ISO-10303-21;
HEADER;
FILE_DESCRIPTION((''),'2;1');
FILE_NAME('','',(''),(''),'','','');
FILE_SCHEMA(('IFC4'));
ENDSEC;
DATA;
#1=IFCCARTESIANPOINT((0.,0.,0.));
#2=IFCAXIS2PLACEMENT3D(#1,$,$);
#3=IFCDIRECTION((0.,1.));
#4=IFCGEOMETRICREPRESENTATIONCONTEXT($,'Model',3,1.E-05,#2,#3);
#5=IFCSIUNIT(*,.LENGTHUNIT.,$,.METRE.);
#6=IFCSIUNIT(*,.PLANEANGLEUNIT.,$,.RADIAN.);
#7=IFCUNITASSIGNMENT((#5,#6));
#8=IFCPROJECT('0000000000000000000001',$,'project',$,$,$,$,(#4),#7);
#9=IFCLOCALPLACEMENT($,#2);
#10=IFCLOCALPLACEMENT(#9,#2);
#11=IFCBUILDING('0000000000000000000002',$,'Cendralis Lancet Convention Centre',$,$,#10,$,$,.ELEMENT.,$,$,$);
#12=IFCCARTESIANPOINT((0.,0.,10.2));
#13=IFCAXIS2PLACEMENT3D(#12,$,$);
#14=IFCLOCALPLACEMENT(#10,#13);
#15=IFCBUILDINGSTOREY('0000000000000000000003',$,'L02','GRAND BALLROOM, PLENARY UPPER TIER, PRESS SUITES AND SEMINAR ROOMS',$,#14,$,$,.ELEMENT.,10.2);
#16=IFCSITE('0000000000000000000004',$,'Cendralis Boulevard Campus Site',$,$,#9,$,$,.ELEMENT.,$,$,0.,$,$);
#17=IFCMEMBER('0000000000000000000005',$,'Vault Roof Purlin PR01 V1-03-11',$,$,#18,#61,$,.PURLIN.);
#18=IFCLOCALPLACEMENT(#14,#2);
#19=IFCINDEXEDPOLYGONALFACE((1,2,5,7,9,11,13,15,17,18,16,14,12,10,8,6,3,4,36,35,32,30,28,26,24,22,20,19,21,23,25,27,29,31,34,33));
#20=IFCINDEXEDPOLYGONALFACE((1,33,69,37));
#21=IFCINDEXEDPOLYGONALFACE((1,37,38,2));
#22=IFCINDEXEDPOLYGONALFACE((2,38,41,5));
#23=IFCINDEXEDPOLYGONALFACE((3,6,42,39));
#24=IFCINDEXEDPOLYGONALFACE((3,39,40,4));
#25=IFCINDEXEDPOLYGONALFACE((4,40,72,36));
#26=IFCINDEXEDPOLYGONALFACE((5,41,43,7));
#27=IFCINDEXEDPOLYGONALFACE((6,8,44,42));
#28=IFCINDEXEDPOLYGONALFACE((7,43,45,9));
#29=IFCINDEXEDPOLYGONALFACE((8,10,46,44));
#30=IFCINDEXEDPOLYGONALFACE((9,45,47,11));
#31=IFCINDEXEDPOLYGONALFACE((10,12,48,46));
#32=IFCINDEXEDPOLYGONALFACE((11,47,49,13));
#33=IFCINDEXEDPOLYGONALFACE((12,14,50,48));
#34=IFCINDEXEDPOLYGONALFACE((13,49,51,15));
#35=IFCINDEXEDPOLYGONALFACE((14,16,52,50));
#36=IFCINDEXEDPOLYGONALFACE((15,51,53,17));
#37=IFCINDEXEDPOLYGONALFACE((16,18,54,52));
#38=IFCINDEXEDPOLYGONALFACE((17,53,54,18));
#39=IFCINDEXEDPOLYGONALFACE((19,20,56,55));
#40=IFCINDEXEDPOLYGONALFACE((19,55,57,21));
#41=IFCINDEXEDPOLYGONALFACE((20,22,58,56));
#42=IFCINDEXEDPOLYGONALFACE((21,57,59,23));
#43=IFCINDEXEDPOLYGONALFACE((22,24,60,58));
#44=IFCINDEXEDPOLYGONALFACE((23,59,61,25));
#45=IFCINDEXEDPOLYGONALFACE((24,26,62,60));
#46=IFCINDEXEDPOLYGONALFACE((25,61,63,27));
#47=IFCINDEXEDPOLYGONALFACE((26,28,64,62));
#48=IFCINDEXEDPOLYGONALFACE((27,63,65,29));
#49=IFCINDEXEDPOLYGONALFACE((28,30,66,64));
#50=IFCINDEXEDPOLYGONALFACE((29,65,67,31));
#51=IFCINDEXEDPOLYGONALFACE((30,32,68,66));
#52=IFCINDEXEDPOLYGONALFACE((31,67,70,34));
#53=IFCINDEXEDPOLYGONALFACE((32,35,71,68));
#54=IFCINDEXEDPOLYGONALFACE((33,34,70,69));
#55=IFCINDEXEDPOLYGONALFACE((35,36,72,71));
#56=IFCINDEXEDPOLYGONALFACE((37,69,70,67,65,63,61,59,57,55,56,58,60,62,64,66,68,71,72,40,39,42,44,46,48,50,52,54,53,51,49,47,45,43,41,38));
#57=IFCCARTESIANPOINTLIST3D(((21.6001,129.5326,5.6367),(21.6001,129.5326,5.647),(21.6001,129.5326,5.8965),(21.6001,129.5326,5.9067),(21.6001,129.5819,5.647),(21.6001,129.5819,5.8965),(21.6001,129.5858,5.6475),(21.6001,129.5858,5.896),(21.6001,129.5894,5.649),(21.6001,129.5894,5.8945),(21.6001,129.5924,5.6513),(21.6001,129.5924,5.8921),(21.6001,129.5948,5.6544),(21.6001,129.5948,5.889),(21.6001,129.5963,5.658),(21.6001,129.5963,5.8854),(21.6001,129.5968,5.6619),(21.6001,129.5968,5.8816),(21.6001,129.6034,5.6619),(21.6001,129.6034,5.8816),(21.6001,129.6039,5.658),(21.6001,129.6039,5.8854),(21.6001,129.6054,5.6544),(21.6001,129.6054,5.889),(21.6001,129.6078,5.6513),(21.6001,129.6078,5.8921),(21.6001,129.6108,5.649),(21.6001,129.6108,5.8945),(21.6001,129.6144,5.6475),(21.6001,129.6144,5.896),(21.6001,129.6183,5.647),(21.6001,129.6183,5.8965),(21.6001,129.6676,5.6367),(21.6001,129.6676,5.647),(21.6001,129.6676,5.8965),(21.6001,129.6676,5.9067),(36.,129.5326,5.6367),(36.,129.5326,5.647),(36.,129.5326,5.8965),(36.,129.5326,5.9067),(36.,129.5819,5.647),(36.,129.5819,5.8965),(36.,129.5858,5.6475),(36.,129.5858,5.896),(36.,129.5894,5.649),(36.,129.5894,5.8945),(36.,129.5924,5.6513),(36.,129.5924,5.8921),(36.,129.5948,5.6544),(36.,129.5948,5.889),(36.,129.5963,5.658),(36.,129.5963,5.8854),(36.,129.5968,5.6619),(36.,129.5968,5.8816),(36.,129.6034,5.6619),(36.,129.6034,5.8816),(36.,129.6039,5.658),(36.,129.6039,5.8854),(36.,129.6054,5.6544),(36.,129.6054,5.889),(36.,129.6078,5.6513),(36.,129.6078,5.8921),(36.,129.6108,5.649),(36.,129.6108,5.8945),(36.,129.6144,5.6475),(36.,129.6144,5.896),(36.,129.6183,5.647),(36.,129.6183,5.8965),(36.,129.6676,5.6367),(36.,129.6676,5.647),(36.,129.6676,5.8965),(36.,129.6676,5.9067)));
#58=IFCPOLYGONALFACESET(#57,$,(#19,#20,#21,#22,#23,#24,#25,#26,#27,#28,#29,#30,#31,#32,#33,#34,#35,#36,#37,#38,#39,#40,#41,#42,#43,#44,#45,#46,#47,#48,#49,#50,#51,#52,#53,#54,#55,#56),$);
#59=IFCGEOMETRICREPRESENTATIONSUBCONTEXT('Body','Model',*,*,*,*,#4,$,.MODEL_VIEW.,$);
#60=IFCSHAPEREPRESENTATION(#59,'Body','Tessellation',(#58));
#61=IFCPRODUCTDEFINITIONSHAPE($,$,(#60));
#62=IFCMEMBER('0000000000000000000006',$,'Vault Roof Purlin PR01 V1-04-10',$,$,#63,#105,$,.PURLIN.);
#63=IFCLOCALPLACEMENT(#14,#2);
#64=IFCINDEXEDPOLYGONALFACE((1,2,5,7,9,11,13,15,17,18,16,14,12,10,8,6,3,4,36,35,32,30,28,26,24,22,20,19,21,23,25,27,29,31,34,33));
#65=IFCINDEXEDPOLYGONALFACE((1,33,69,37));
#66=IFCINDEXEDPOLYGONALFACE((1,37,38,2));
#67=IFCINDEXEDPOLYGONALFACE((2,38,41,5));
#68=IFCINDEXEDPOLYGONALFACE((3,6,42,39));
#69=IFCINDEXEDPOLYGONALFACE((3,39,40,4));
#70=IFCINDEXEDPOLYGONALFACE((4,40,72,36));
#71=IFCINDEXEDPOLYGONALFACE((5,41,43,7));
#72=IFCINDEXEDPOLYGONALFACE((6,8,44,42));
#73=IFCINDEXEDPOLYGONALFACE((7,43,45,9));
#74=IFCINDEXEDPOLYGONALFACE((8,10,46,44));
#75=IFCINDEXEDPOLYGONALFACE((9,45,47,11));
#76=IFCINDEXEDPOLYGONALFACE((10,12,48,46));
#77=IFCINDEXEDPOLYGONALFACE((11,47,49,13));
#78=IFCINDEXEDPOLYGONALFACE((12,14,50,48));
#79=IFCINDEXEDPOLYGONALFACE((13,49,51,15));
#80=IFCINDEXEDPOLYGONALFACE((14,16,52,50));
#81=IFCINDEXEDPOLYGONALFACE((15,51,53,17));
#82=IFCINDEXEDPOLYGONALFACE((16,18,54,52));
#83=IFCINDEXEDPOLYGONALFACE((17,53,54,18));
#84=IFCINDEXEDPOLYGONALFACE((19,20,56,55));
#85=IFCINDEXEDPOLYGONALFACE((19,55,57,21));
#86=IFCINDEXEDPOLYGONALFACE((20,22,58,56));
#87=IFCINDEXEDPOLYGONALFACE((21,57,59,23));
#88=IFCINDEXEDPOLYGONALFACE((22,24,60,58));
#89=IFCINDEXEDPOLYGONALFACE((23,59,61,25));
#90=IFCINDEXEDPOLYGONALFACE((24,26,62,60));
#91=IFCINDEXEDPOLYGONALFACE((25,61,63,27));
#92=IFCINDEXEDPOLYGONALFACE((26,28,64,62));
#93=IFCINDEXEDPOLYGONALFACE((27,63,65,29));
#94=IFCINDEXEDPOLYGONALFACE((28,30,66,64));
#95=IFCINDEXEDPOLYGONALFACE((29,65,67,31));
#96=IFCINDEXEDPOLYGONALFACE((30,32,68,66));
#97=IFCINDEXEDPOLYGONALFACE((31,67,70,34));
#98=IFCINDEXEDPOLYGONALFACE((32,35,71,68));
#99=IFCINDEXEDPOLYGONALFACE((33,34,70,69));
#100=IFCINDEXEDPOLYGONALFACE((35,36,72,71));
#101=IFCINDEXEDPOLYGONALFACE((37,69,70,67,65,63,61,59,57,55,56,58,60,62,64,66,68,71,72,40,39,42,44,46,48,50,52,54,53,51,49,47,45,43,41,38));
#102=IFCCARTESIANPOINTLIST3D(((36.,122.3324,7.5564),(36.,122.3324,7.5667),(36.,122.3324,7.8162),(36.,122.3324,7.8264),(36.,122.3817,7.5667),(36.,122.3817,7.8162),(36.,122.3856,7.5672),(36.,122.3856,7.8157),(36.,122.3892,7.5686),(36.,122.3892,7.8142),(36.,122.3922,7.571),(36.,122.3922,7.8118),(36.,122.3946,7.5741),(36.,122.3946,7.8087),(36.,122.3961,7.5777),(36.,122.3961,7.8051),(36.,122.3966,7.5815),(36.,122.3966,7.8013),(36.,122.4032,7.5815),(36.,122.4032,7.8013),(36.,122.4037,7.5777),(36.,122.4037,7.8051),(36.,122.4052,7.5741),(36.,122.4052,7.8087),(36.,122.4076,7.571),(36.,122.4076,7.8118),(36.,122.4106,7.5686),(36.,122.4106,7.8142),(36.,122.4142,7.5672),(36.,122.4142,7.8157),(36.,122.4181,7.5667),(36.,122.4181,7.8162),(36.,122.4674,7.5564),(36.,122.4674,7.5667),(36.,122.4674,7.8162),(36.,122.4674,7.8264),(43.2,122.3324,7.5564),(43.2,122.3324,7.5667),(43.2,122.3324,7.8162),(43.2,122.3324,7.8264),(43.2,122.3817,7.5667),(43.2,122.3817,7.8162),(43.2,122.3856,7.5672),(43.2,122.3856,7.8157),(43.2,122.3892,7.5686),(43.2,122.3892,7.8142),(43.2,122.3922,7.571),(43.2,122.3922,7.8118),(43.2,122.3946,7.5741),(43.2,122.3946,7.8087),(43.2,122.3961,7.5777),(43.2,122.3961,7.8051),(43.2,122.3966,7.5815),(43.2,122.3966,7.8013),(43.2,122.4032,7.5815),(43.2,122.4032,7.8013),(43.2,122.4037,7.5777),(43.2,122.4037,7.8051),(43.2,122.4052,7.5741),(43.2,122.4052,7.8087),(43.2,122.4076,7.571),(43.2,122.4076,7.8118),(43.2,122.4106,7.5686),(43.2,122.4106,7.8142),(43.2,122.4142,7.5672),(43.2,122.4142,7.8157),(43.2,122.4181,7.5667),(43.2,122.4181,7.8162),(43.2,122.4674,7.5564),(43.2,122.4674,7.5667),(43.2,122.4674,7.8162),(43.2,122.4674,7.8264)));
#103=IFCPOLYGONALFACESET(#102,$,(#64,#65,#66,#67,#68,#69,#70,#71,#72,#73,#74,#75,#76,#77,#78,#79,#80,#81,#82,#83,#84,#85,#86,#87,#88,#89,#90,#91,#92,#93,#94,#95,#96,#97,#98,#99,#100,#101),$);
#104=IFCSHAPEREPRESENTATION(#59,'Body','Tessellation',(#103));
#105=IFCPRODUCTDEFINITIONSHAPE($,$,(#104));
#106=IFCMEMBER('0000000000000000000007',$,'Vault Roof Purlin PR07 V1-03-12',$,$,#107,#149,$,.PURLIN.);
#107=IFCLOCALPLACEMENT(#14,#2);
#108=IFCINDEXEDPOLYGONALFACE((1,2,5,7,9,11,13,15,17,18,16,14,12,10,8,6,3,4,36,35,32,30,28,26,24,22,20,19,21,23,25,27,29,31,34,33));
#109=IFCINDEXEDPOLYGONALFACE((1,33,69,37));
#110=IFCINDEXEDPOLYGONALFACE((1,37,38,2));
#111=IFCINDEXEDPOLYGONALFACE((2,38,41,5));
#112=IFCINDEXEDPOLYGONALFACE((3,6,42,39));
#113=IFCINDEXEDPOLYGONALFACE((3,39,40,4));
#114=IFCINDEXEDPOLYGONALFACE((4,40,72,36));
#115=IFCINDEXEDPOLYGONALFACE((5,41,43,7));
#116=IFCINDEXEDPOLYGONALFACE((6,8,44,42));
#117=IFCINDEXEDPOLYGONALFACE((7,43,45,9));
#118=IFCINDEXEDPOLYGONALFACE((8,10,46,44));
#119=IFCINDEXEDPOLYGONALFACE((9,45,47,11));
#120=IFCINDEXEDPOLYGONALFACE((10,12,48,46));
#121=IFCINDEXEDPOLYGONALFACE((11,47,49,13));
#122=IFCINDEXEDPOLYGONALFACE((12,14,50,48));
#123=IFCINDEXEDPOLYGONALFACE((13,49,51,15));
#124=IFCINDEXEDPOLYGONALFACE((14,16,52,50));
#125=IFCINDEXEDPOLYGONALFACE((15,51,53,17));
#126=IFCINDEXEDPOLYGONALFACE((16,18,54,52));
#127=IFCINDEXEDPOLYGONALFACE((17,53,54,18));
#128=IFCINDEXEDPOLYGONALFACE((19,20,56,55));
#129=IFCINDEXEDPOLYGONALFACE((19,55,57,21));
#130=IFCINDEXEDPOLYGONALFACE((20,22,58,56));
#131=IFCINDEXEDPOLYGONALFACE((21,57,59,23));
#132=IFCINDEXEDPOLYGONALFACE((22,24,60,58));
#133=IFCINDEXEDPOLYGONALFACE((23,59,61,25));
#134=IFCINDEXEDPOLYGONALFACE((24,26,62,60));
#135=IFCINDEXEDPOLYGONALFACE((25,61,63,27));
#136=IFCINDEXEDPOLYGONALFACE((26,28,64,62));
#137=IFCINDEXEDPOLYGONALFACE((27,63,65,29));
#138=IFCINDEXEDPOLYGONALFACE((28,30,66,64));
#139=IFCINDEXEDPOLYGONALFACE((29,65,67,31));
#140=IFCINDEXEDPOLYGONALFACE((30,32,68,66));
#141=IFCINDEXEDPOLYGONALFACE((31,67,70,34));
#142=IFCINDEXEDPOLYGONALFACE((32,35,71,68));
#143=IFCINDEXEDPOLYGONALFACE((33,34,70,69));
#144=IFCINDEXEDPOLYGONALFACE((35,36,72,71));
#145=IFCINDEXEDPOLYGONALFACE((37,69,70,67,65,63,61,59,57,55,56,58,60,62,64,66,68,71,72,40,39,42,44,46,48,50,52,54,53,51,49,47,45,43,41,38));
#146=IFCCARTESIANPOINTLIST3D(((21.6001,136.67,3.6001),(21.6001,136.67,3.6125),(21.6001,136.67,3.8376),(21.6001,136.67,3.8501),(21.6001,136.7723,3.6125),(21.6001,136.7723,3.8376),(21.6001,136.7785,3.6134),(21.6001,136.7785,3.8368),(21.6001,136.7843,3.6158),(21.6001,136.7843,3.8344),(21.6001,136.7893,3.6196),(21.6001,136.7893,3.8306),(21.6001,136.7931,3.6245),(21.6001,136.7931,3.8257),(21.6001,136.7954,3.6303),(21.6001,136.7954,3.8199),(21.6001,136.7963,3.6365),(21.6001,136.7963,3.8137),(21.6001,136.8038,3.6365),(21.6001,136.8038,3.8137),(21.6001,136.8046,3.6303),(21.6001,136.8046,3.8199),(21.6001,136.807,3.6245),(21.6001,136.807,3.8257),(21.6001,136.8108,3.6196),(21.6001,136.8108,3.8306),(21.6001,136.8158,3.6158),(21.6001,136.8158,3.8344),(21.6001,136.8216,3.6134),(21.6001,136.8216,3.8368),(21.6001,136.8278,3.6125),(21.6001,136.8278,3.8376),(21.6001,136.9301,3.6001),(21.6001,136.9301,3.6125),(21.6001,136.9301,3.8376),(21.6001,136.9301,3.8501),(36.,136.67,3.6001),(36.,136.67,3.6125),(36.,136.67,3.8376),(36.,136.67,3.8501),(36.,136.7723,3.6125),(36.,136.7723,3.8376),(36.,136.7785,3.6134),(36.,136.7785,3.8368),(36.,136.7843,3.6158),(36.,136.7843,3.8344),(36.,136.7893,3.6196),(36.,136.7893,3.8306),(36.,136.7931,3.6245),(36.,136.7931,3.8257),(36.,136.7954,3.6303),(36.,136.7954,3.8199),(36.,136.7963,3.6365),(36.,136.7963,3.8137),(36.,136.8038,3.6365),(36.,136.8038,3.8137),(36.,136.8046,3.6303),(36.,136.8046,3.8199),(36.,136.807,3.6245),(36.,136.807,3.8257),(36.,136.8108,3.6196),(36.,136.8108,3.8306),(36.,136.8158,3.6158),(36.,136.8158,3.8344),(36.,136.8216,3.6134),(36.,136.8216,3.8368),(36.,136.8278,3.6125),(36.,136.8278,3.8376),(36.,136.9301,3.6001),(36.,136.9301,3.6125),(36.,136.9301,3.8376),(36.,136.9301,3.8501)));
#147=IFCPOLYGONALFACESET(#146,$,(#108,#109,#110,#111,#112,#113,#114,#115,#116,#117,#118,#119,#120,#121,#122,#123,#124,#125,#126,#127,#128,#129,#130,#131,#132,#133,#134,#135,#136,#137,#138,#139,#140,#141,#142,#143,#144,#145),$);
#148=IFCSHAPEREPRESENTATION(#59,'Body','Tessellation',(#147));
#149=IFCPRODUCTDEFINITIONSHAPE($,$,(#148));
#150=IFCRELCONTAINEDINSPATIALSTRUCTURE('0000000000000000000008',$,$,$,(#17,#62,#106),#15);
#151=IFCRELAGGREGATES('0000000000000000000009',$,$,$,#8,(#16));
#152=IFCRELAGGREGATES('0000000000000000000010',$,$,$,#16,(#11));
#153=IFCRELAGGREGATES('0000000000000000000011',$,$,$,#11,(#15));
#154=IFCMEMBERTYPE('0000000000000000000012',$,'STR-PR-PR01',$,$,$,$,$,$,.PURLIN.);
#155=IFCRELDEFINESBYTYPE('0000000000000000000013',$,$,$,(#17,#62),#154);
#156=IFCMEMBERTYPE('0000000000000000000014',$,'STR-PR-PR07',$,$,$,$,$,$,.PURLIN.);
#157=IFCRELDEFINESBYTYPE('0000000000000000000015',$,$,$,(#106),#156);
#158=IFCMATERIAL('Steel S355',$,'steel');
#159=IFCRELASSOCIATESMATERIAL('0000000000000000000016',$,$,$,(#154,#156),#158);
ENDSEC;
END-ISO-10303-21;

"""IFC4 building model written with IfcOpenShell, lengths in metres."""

from ifc_helpers import new_model, si_unit, direction, frame, origin, origin_2d, place, context, subcontext, project, spatial, i_section, extrude, material, material_profile, profile_set, type_object, element, save


model = new_model("IFC4")

# Units and contexts
model_context = context("Model", 3, precision=1e-05, world=origin(), true_north=direction((0.0, 1.0)))
body_context = subcontext(model_context, "Body", "Model", "MODEL_VIEW")
ifc_project = project(units=[si_unit("LENGTHUNIT", "METRE"), si_unit("PLANEANGLEUNIT", "RADIAN")], contexts=[model_context])

# Site, building, storey
site_placement = place(None, origin())
site = spatial("IfcSite", under=ifc_project, at=site_placement, Name="Cendralis Boulevard Campus Site", CompositionType="ELEMENT", RefElevation=0.0)
building_placement = place(site_placement, origin())
building = spatial("IfcBuilding", under=site, at=building_placement, Name="Cendralis Lancet Convention Centre", CompositionType="ELEMENT")
storey_placement = place(building_placement, frame((0.0, 0.0, 10.2)))
storey = spatial("IfcBuildingStorey", under=building, at=storey_placement, Name="L02", Description="GRAND BALLROOM, PLENARY UPPER TIER, PRESS SUITES AND SEMINAR ROOMS", CompositionType="ELEMENT", Elevation=10.2)

# Members
ifc_material_1 = material(Name="Steel S355", Category="steel")
ifc_material_profile_1 = material_profile(ifc_material_1, i_section(OverallWidth=0.135, OverallDepth=0.27, WebThickness=0.0066, FlangeThickness=0.0103, FilletRadius=0.0149, at=origin_2d()), Name="IPE 270")
ifc_profile_set_1 = profile_set([ifc_material_profile_1], Name="Steel S355")
member_type_1 = type_object("IfcMemberType", Name="STR-PR-PR01", PredefinedType="PURLIN", material=ifc_profile_set_1)
for number, where, z_axis, x_axis, name in (
    (1, (21.6001, 129.6001, 5.7717), (1.0, 0.0, 0.0), (0.0, 1.0, 0.0), "Vault Roof Purlin PR01 V1-03-11"),
):
    element("IfcMember", number, at=place(storey_placement, frame(where, z_axis=z_axis, x_axis=x_axis)), inside=storey, type_object=member_type_1, Name=name, PredefinedType="PURLIN", context=body_context, shape_type="SweptSolid", body=[
        extrude(i_section(OverallWidth=0.135, OverallDepth=0.27, WebThickness=0.0066, FlangeThickness=0.0103, FilletRadius=0.0149, at=origin_2d()), origin(), (0.0, 0.0, 1.0), 14.3999),
    ])
member_1_placement = place(storey_placement, frame((36.0, 122.3999, 7.6914), z_axis=(1.0, 0.0, 0.0), x_axis=(0.0, 1.0, 0.0)))
element("IfcMember", 2, at=member_1_placement, inside=storey, type_object=member_type_1, Name="Vault Roof Purlin PR01 V1-04-10", PredefinedType="PURLIN", context=body_context, shape_type="SweptSolid", body=[
    extrude(i_section(OverallWidth=0.135, OverallDepth=0.27, WebThickness=0.0066, FlangeThickness=0.0103, FilletRadius=0.0149, at=origin_2d()), origin(), (0.0, 0.0, 1.0), 7.2),
])
ifc_material_profile_2 = material_profile(ifc_material_1, i_section(OverallWidth=0.26, OverallDepth=0.25, WebThickness=0.0076, FlangeThickness=0.0125, FilletRadius=0.0239, at=origin_2d()), Name="HEA 260")
ifc_profile_set_2 = profile_set([ifc_material_profile_2], Name="Steel S355")
member_type_2 = type_object("IfcMemberType", Name="STR-PR-PR07", PredefinedType="PURLIN", material=ifc_profile_set_2)
member_2_placement = place(storey_placement, frame((21.6001, 136.8, 3.7251), z_axis=(1.0, 0.0, 0.0), x_axis=(0.0, 1.0, 0.0)))
element("IfcMember", 3, at=member_2_placement, inside=storey, type_object=member_type_2, Name="Vault Roof Purlin PR07 V1-03-12", PredefinedType="PURLIN", context=body_context, shape_type="SweptSolid", body=[
    extrude(i_section(OverallWidth=0.26, OverallDepth=0.25, WebThickness=0.0076, FlangeThickness=0.0125, FilletRadius=0.0239, at=origin_2d()), origin(), (0.0, 0.0, 1.0), 14.3999),
])

save(model, "model.ifc")
